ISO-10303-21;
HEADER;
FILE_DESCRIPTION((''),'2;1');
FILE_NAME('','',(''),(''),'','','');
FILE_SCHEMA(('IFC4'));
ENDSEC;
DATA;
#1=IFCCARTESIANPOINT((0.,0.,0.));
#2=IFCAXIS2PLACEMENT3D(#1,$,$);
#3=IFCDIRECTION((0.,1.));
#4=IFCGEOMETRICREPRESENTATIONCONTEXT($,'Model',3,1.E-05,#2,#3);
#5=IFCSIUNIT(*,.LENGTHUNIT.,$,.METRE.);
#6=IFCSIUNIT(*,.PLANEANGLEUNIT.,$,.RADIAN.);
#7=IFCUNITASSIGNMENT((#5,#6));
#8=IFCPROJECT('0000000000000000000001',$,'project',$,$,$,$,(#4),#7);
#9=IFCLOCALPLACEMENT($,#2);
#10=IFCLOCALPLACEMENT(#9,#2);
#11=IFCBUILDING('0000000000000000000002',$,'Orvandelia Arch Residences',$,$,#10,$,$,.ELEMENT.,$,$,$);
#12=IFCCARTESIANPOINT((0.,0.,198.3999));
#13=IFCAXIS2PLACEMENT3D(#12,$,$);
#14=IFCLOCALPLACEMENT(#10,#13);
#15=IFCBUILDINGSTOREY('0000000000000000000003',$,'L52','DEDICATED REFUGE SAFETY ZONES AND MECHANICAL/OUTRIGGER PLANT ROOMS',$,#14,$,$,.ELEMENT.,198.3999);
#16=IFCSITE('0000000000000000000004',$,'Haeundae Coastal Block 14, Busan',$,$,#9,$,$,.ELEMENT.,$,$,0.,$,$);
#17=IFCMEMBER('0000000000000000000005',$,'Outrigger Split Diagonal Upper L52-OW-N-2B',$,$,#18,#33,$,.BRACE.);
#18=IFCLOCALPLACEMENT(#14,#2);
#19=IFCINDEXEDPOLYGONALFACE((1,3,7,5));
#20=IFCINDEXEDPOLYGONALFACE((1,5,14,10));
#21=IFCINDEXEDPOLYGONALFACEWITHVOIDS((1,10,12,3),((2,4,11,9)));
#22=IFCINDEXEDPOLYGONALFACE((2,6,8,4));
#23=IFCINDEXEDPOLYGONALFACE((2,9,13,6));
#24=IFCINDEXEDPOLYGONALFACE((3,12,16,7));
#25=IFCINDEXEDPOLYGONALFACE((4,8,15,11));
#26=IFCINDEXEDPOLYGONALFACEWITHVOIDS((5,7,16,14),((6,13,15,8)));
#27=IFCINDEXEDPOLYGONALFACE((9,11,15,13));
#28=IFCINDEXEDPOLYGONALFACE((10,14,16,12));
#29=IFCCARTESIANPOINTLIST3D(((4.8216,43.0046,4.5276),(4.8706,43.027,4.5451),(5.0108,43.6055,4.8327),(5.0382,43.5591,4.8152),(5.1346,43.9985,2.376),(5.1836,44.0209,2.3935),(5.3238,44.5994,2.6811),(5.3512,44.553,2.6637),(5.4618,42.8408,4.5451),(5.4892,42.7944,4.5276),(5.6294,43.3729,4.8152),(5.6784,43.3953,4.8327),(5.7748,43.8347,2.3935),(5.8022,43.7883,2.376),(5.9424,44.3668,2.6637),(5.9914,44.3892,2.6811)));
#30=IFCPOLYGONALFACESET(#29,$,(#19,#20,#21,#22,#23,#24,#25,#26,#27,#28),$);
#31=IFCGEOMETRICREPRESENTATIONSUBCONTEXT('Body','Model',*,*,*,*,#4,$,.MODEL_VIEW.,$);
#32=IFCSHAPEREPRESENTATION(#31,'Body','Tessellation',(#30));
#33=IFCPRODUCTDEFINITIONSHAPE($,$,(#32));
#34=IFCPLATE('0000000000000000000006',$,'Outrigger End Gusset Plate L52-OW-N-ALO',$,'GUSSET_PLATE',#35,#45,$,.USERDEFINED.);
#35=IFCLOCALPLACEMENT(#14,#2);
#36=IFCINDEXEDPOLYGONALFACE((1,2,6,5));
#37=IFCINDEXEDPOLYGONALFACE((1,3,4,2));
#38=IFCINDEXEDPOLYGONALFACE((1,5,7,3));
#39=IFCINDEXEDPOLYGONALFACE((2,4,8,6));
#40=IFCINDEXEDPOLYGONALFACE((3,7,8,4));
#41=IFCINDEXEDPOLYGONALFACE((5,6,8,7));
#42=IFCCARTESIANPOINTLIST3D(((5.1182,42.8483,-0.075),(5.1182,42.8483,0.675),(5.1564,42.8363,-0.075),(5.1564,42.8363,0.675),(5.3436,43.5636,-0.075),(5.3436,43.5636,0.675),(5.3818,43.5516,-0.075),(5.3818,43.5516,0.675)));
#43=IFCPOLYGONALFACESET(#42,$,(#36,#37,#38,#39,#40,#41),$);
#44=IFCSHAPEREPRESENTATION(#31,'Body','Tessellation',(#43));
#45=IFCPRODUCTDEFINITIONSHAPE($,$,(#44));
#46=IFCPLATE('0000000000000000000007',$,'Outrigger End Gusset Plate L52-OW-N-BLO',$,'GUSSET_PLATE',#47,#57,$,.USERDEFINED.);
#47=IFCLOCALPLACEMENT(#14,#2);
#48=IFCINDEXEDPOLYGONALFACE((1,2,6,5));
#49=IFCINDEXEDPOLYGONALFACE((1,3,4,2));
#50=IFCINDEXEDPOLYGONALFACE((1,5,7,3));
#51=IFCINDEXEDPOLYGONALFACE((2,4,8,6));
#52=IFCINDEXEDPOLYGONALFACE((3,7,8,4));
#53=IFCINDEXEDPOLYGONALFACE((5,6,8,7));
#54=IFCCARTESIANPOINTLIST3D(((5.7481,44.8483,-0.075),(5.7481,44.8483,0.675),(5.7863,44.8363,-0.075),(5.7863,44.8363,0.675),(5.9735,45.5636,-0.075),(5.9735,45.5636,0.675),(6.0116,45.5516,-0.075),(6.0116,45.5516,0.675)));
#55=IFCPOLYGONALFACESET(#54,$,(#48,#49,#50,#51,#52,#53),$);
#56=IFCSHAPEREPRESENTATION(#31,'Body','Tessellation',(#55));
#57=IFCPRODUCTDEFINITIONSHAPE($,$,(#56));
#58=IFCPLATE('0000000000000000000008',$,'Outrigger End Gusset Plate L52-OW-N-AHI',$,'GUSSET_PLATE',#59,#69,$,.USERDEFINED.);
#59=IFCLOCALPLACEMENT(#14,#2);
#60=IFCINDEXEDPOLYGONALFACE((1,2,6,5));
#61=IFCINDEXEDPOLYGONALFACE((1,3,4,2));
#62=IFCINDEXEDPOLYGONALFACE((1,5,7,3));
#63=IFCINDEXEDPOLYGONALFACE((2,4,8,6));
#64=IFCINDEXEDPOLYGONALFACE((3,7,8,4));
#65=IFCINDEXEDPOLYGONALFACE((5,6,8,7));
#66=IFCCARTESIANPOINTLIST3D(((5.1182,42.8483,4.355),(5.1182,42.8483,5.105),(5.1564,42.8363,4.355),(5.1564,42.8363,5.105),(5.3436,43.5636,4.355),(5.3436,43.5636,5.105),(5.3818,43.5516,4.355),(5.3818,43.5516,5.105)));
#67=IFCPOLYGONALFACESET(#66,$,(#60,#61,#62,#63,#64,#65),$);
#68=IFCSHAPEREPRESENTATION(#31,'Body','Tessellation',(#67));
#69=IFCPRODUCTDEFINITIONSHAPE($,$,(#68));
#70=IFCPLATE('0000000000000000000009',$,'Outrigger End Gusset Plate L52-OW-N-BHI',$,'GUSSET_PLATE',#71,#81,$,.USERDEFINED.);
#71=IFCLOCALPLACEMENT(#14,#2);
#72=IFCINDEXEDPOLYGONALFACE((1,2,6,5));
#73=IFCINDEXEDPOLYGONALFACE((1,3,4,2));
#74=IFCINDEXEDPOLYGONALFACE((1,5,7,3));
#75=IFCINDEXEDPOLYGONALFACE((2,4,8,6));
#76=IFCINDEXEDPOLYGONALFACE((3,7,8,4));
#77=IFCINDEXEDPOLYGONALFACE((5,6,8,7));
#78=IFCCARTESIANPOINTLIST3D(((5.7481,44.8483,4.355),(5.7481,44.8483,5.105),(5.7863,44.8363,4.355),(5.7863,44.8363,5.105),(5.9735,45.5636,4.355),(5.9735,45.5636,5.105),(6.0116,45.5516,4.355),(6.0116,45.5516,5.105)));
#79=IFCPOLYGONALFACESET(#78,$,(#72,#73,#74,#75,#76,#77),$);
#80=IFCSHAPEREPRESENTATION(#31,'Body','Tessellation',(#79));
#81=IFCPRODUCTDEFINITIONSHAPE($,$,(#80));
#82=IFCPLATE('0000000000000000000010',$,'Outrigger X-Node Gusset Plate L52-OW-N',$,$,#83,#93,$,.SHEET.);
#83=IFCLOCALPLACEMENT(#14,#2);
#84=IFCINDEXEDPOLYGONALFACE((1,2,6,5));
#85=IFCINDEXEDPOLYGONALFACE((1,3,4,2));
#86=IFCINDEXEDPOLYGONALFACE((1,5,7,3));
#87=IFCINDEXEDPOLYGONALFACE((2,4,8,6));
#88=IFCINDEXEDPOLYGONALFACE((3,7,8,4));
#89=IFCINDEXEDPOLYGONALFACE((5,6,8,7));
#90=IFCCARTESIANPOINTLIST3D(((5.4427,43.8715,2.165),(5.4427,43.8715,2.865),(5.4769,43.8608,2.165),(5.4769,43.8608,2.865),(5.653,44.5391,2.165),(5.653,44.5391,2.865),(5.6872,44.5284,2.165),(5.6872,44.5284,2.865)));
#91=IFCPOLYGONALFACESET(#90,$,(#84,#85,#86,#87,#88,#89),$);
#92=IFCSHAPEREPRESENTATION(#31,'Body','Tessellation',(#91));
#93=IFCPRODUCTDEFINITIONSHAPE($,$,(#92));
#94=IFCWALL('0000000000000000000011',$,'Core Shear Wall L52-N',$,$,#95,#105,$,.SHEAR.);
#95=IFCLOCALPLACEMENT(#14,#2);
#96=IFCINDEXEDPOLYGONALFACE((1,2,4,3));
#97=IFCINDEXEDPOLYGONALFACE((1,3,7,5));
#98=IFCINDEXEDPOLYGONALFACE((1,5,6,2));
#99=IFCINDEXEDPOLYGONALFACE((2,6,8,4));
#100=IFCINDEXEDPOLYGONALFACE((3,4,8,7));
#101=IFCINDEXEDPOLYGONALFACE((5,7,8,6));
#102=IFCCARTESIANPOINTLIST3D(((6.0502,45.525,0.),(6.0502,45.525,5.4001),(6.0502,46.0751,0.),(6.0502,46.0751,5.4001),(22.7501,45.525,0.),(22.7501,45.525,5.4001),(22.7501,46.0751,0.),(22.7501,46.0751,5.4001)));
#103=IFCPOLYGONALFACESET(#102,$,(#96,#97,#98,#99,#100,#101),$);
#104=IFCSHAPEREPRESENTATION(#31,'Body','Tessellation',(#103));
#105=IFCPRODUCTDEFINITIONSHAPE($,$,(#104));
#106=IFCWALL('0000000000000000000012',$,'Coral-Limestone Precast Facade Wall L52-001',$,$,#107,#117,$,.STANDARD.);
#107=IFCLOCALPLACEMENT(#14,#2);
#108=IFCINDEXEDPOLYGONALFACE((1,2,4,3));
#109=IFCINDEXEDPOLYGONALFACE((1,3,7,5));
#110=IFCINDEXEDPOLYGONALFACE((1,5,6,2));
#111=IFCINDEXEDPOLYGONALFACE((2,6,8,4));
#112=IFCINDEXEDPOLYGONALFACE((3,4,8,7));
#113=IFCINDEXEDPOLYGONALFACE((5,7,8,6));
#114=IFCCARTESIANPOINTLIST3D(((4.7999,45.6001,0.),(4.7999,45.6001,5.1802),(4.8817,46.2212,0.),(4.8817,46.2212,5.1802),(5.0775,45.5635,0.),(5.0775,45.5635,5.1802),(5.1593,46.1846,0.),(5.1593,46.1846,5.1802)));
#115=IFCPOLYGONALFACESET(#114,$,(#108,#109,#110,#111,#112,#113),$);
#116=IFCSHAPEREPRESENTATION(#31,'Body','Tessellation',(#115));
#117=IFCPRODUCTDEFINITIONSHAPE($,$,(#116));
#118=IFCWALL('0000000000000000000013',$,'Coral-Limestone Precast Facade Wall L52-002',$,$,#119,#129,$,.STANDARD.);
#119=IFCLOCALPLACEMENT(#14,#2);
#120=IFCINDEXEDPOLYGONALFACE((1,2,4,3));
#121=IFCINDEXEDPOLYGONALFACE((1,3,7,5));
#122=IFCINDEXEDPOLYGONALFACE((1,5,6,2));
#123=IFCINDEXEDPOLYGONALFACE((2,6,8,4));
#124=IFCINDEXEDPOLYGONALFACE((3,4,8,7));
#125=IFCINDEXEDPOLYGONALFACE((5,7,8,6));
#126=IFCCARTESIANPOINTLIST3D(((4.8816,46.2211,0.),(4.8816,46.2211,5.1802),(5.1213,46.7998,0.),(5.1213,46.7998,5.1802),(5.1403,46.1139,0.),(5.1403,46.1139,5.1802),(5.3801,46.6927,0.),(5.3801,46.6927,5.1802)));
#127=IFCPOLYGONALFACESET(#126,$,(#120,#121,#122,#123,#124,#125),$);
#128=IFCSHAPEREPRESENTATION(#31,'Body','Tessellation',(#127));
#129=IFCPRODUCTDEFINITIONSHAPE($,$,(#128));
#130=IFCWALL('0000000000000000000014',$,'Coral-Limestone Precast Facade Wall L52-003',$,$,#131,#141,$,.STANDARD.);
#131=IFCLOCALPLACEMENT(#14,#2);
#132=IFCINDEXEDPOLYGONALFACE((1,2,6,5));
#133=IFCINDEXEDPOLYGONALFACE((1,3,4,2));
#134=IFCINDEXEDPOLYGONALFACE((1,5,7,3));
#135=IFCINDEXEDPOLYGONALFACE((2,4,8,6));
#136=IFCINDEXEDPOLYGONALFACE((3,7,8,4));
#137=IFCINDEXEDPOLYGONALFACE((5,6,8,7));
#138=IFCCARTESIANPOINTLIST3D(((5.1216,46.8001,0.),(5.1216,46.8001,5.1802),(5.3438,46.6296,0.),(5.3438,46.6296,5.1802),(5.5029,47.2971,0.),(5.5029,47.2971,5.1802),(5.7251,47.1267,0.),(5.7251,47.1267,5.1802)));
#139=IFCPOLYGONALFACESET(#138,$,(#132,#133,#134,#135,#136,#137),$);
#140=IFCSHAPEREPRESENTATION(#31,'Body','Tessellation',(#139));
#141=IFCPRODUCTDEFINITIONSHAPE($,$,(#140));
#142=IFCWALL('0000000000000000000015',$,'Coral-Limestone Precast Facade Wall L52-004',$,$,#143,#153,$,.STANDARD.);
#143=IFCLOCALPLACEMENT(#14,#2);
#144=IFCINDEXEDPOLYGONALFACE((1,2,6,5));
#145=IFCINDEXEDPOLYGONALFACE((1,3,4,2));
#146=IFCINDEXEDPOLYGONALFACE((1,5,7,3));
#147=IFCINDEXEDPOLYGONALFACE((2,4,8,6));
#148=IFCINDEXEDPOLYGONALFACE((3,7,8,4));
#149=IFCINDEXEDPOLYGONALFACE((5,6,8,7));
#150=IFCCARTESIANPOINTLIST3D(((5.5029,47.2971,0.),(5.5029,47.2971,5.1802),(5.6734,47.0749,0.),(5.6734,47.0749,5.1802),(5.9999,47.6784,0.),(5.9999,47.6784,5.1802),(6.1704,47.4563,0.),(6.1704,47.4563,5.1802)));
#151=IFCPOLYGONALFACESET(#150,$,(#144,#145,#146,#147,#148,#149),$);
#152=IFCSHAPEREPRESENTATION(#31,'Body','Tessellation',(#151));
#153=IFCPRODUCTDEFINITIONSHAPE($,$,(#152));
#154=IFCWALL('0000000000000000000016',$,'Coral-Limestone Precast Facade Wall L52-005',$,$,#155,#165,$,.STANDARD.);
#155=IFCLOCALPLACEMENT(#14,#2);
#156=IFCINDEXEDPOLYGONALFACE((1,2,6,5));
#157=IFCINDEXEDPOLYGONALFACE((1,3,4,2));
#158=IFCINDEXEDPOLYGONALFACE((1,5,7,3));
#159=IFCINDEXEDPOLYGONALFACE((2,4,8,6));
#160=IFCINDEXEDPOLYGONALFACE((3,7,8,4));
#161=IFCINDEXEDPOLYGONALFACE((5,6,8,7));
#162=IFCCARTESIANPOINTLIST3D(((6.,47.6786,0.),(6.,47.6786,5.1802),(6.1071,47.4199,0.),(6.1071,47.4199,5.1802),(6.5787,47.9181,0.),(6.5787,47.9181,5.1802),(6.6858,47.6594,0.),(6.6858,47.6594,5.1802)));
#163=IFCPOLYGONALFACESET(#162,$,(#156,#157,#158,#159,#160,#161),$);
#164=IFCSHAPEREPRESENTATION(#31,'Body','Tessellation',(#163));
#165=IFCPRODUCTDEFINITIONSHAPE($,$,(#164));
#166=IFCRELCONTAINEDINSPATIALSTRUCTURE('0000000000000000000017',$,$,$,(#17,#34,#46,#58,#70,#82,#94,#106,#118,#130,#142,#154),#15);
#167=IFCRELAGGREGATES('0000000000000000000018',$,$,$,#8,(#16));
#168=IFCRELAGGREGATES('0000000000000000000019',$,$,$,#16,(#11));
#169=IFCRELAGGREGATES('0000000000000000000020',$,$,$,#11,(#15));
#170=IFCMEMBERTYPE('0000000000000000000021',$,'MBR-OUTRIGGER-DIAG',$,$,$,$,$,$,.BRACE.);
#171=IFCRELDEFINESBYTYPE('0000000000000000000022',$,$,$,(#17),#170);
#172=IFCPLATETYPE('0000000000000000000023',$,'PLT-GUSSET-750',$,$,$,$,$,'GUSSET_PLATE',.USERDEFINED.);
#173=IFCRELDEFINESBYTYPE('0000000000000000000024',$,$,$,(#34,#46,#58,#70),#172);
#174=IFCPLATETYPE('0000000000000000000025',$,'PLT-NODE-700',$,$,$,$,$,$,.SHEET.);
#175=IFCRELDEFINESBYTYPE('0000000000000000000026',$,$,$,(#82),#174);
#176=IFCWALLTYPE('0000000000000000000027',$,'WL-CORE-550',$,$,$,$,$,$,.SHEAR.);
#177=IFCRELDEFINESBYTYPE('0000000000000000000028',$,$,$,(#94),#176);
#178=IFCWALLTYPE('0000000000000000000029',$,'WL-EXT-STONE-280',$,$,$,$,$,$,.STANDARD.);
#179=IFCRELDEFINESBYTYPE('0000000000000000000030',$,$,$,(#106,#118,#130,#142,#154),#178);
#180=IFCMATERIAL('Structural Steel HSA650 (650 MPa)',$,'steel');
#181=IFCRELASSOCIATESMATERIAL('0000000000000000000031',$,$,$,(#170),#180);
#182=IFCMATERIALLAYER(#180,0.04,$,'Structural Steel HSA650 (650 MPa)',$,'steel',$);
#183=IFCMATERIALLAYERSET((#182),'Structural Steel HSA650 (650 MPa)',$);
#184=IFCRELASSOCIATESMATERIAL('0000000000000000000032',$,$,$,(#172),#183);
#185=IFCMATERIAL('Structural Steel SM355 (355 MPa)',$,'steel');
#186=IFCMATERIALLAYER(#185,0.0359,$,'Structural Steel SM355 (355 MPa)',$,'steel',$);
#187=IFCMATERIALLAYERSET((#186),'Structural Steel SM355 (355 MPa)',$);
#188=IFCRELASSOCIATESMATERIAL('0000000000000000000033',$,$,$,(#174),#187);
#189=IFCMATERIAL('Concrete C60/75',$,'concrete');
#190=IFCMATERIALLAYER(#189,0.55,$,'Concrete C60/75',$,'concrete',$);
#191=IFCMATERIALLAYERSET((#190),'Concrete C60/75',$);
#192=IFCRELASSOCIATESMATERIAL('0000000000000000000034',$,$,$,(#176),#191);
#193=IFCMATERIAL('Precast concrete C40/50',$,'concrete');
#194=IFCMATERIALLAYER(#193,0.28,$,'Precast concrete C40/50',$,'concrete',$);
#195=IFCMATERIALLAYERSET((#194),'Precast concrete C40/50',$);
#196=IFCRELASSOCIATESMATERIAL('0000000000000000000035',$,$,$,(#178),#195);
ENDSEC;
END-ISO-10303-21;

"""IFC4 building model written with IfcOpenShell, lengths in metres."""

from ifc_helpers import new_model, si_unit, direction, frame, frame_2d, origin, origin_2d, place, context, subcontext, project, spatial, rectangle, hollow_rectangle, extrude, material, layer, layer_set, material_profile, profile_set, type_object, element, save


model = new_model("IFC4")

# Units and contexts
model_context = context("Model", 3, precision=1e-05, world=origin(), true_north=direction((0.0, 1.0)))
body_context = subcontext(model_context, "Body", "Model", "MODEL_VIEW")
ifc_project = project(units=[si_unit("LENGTHUNIT", "METRE"), si_unit("PLANEANGLEUNIT", "RADIAN")], contexts=[model_context])

# Site, building, storey
site_placement = place(None, origin())
site = spatial("IfcSite", under=ifc_project, at=site_placement, Name="Haeundae Coastal Block 14, Busan", CompositionType="ELEMENT", RefElevation=0.0)
building_placement = place(site_placement, origin())
building = spatial("IfcBuilding", under=site, at=building_placement, Name="Orvandelia Arch Residences", CompositionType="ELEMENT")
storey_placement = place(building_placement, frame((0.0, 0.0, 198.3999)))
storey = spatial("IfcBuildingStorey", under=building, at=storey_placement, Name="L52", Description="DEDICATED REFUGE SAFETY ZONES AND MECHANICAL/OUTRIGGER PLANT ROOMS", CompositionType="ELEMENT", Elevation=198.3999)

# Shared definitions
ifc_material_1 = material(Name="Concrete C60/75", Category="concrete")

# Shared definitions
ifc_material_2 = material(Name="Structural Steel SM355 (355 MPa)", Category="steel")

# Member
ifc_material_3 = material(Name="Structural Steel HSA650 (650 MPa)", Category="steel")
ifc_material_profile_1 = material_profile(ifc_material_3, hollow_rectangle(XDim=0.7, YDim=0.7, WallThickness=0.04, at=origin_2d()), Name="Structural Steel HSA650 (650 MPa)", Category="steel")
ifc_profile_set_1 = profile_set([ifc_material_profile_1], Name="Structural Steel HSA650 (650 MPa)")
member_type_1 = type_object("IfcMemberType", Name="MBR-OUTRIGGER-DIAG", PredefinedType="BRACE", material=ifc_profile_set_1)
for number, where, z_axis, x_axis, name in (
    (1, (5.563, 44.1938, 2.5286), (-0.130922, -0.415743, 0.90001), (0.953823, -0.300369, 0.0), "Outrigger Split Diagonal Upper L52-OW-N-2B"),
):
    element("IfcMember", number, at=place(storey_placement, frame(where, z_axis=z_axis, x_axis=x_axis)), inside=storey, type_object=member_type_1, Name=name, PredefinedType="BRACE", context=body_context, shape_type="SweptSolid", body=[
        extrude(hollow_rectangle(XDim=0.7, YDim=0.7, WallThickness=0.04, at=origin_2d()), origin(), (0.0, 0.0, 1.0), 2.3906),
    ])

# Plates
ifc_layer_1 = layer(ifc_material_3, 0.04, Name="Structural Steel HSA650 (650 MPa)", Category="steel")
ifc_layer_set_1 = layer_set([ifc_layer_1], Name="Structural Steel HSA650 (650 MPa)")
plate_type_1 = type_object("IfcPlateType", Name="PLT-GUSSET-750", ElementType="GUSSET_PLATE", PredefinedType="USERDEFINED", material=ifc_layer_set_1)
for number, where, z_axis, x_axis, name in (
    (2, (5.25, 43.2, -0.075), (0.0, 0.0, 1.0), (0.300439, 0.953801, 0.0), "Outrigger End Gusset Plate L52-OW-N-ALO"),
    (3, (5.8799, 45.2, -0.075), (0.0, 0.0, 1.0), (0.300439, 0.953801, 0.0), "Outrigger End Gusset Plate L52-OW-N-BLO"),
    (4, (5.25, 43.2, 4.355), (0.0, 0.0, 1.0), (0.300439, 0.953801, 0.0), "Outrigger End Gusset Plate L52-OW-N-AHI"),
    (5, (5.8799, 45.2, 4.355), (0.0, 0.0, 1.0), (0.300439, 0.953801, 0.0), "Outrigger End Gusset Plate L52-OW-N-BHI"),
):
    element("IfcPlate", number, at=place(storey_placement, frame(where, z_axis=z_axis, x_axis=x_axis)), inside=storey, type_object=plate_type_1, Name=name, ObjectType="GUSSET_PLATE", PredefinedType="USERDEFINED", context=body_context, shape_type="SweptSolid", body=[
        extrude(rectangle(XDim=0.75, YDim=0.04, at=origin_2d()), origin(), (0.0, 0.0, 1.0), 0.75),
    ])
ifc_layer_2 = layer(ifc_material_2, 0.0359, Name="Structural Steel SM355 (355 MPa)", Category="steel")
ifc_layer_set_2 = layer_set([ifc_layer_2], Name="Structural Steel SM355 (355 MPa)")
plate_type_2 = type_object("IfcPlateType", Name="PLT-NODE-700", PredefinedType="SHEET", material=ifc_layer_set_2)
plate_placement = place(storey_placement, frame((5.5649, 44.2, 2.165), z_axis=(0.0, 0.0, 1.0), x_axis=(0.300439, 0.953801, 0.0)))
element("IfcPlate", 6, at=plate_placement, inside=storey, type_object=plate_type_2, Name="Outrigger X-Node Gusset Plate L52-OW-N", PredefinedType="SHEET", context=body_context, shape_type="SweptSolid", body=[
    extrude(rectangle(XDim=0.7, YDim=0.0359, at=origin_2d()), origin(), (0.0, 0.0, 1.0), 0.7),
])

# Walls
ifc_layer_3 = layer(ifc_material_1, 0.55, Name="Concrete C60/75", Category="concrete")
ifc_layer_set_3 = layer_set([ifc_layer_3], Name="Concrete C60/75")
wall_type_1 = type_object("IfcWallType", Name="WL-CORE-550", PredefinedType="SHEAR", material=ifc_layer_set_3)
wall_1_placement = place(storey_placement, frame((6.05, 45.8, 0.0), z_axis=(0.0, 0.0, 1.0), x_axis=(1.0, 0.0, 0.0)))
element("IfcWall", 7, at=wall_1_placement, inside=storey, type_object=wall_type_1, Name="Core Shear Wall L52-N", PredefinedType="SHEAR", context=body_context, shape_type="SweptSolid", body=[
    extrude(rectangle(XDim=16.7, YDim=0.55, at=frame_2d((8.3501, 0.0))), origin(), (0.0, 0.0, 1.0), 5.4001),
])
ifc_material_4 = material(Name="Precast concrete C40/50", Category="concrete")
ifc_layer_4 = layer(ifc_material_4, 0.28, Name="Precast concrete C40/50", Category="concrete")
ifc_layer_set_4 = layer_set([ifc_layer_4], Name="Precast concrete C40/50")
wall_type_2 = type_object("IfcWallType", Name="WL-EXT-STONE-280", PredefinedType="STANDARD", material=ifc_layer_set_4)
for number, where, z_axis, x_axis, name in (
    (8, (4.9387, 45.5818, 0.0), (0.0, 0.0, 1.0), (0.130555, 0.991441, 0.0), "Coral-Limestone Precast Facade Wall L52-001"),
    (9, (5.011, 46.1675, 0.0), (0.0, 0.0, 1.0), (0.38265, 0.923893, 0.0), "Coral-Limestone Precast Facade Wall L52-002"),
    (10, (5.2327, 46.7148, 0.0), (0.0, 0.0, 1.0), (0.608693, 0.793406, 0.0), "Coral-Limestone Precast Facade Wall L52-003"),
    (11, (5.5881, 47.186, 0.0), (0.0, 0.0, 1.0), (0.793406, 0.608693, 0.0), "Coral-Limestone Precast Facade Wall L52-004"),
):
    element("IfcWall", number, at=place(storey_placement, frame(where, z_axis=z_axis, x_axis=x_axis)), inside=storey, type_object=wall_type_2, Name=name, PredefinedType="STANDARD", context=body_context, shape_type="SweptSolid", body=[
        extrude(rectangle(XDim=0.6265, YDim=0.28, at=frame_2d((0.3132, 0.0))), origin(), (0.0, 0.0, 1.0), 5.1802),
    ])
wall_2_placement = place(storey_placement, frame((6.0537, 47.5493, 0.0), z_axis=(0.0, 0.0, 1.0), x_axis=(0.923974, 0.382455, 0.0)))
element("IfcWall", 12, at=wall_2_placement, inside=storey, type_object=wall_type_2, Name="Coral-Limestone Precast Facade Wall L52-005", PredefinedType="STANDARD", context=body_context, shape_type="SweptSolid", body=[
    extrude(rectangle(XDim=0.6262, YDim=0.28, at=frame_2d((0.313, 0.0))), origin(), (0.0, 0.0, 1.0), 5.1802),
])

save(model, "model.ifc")
